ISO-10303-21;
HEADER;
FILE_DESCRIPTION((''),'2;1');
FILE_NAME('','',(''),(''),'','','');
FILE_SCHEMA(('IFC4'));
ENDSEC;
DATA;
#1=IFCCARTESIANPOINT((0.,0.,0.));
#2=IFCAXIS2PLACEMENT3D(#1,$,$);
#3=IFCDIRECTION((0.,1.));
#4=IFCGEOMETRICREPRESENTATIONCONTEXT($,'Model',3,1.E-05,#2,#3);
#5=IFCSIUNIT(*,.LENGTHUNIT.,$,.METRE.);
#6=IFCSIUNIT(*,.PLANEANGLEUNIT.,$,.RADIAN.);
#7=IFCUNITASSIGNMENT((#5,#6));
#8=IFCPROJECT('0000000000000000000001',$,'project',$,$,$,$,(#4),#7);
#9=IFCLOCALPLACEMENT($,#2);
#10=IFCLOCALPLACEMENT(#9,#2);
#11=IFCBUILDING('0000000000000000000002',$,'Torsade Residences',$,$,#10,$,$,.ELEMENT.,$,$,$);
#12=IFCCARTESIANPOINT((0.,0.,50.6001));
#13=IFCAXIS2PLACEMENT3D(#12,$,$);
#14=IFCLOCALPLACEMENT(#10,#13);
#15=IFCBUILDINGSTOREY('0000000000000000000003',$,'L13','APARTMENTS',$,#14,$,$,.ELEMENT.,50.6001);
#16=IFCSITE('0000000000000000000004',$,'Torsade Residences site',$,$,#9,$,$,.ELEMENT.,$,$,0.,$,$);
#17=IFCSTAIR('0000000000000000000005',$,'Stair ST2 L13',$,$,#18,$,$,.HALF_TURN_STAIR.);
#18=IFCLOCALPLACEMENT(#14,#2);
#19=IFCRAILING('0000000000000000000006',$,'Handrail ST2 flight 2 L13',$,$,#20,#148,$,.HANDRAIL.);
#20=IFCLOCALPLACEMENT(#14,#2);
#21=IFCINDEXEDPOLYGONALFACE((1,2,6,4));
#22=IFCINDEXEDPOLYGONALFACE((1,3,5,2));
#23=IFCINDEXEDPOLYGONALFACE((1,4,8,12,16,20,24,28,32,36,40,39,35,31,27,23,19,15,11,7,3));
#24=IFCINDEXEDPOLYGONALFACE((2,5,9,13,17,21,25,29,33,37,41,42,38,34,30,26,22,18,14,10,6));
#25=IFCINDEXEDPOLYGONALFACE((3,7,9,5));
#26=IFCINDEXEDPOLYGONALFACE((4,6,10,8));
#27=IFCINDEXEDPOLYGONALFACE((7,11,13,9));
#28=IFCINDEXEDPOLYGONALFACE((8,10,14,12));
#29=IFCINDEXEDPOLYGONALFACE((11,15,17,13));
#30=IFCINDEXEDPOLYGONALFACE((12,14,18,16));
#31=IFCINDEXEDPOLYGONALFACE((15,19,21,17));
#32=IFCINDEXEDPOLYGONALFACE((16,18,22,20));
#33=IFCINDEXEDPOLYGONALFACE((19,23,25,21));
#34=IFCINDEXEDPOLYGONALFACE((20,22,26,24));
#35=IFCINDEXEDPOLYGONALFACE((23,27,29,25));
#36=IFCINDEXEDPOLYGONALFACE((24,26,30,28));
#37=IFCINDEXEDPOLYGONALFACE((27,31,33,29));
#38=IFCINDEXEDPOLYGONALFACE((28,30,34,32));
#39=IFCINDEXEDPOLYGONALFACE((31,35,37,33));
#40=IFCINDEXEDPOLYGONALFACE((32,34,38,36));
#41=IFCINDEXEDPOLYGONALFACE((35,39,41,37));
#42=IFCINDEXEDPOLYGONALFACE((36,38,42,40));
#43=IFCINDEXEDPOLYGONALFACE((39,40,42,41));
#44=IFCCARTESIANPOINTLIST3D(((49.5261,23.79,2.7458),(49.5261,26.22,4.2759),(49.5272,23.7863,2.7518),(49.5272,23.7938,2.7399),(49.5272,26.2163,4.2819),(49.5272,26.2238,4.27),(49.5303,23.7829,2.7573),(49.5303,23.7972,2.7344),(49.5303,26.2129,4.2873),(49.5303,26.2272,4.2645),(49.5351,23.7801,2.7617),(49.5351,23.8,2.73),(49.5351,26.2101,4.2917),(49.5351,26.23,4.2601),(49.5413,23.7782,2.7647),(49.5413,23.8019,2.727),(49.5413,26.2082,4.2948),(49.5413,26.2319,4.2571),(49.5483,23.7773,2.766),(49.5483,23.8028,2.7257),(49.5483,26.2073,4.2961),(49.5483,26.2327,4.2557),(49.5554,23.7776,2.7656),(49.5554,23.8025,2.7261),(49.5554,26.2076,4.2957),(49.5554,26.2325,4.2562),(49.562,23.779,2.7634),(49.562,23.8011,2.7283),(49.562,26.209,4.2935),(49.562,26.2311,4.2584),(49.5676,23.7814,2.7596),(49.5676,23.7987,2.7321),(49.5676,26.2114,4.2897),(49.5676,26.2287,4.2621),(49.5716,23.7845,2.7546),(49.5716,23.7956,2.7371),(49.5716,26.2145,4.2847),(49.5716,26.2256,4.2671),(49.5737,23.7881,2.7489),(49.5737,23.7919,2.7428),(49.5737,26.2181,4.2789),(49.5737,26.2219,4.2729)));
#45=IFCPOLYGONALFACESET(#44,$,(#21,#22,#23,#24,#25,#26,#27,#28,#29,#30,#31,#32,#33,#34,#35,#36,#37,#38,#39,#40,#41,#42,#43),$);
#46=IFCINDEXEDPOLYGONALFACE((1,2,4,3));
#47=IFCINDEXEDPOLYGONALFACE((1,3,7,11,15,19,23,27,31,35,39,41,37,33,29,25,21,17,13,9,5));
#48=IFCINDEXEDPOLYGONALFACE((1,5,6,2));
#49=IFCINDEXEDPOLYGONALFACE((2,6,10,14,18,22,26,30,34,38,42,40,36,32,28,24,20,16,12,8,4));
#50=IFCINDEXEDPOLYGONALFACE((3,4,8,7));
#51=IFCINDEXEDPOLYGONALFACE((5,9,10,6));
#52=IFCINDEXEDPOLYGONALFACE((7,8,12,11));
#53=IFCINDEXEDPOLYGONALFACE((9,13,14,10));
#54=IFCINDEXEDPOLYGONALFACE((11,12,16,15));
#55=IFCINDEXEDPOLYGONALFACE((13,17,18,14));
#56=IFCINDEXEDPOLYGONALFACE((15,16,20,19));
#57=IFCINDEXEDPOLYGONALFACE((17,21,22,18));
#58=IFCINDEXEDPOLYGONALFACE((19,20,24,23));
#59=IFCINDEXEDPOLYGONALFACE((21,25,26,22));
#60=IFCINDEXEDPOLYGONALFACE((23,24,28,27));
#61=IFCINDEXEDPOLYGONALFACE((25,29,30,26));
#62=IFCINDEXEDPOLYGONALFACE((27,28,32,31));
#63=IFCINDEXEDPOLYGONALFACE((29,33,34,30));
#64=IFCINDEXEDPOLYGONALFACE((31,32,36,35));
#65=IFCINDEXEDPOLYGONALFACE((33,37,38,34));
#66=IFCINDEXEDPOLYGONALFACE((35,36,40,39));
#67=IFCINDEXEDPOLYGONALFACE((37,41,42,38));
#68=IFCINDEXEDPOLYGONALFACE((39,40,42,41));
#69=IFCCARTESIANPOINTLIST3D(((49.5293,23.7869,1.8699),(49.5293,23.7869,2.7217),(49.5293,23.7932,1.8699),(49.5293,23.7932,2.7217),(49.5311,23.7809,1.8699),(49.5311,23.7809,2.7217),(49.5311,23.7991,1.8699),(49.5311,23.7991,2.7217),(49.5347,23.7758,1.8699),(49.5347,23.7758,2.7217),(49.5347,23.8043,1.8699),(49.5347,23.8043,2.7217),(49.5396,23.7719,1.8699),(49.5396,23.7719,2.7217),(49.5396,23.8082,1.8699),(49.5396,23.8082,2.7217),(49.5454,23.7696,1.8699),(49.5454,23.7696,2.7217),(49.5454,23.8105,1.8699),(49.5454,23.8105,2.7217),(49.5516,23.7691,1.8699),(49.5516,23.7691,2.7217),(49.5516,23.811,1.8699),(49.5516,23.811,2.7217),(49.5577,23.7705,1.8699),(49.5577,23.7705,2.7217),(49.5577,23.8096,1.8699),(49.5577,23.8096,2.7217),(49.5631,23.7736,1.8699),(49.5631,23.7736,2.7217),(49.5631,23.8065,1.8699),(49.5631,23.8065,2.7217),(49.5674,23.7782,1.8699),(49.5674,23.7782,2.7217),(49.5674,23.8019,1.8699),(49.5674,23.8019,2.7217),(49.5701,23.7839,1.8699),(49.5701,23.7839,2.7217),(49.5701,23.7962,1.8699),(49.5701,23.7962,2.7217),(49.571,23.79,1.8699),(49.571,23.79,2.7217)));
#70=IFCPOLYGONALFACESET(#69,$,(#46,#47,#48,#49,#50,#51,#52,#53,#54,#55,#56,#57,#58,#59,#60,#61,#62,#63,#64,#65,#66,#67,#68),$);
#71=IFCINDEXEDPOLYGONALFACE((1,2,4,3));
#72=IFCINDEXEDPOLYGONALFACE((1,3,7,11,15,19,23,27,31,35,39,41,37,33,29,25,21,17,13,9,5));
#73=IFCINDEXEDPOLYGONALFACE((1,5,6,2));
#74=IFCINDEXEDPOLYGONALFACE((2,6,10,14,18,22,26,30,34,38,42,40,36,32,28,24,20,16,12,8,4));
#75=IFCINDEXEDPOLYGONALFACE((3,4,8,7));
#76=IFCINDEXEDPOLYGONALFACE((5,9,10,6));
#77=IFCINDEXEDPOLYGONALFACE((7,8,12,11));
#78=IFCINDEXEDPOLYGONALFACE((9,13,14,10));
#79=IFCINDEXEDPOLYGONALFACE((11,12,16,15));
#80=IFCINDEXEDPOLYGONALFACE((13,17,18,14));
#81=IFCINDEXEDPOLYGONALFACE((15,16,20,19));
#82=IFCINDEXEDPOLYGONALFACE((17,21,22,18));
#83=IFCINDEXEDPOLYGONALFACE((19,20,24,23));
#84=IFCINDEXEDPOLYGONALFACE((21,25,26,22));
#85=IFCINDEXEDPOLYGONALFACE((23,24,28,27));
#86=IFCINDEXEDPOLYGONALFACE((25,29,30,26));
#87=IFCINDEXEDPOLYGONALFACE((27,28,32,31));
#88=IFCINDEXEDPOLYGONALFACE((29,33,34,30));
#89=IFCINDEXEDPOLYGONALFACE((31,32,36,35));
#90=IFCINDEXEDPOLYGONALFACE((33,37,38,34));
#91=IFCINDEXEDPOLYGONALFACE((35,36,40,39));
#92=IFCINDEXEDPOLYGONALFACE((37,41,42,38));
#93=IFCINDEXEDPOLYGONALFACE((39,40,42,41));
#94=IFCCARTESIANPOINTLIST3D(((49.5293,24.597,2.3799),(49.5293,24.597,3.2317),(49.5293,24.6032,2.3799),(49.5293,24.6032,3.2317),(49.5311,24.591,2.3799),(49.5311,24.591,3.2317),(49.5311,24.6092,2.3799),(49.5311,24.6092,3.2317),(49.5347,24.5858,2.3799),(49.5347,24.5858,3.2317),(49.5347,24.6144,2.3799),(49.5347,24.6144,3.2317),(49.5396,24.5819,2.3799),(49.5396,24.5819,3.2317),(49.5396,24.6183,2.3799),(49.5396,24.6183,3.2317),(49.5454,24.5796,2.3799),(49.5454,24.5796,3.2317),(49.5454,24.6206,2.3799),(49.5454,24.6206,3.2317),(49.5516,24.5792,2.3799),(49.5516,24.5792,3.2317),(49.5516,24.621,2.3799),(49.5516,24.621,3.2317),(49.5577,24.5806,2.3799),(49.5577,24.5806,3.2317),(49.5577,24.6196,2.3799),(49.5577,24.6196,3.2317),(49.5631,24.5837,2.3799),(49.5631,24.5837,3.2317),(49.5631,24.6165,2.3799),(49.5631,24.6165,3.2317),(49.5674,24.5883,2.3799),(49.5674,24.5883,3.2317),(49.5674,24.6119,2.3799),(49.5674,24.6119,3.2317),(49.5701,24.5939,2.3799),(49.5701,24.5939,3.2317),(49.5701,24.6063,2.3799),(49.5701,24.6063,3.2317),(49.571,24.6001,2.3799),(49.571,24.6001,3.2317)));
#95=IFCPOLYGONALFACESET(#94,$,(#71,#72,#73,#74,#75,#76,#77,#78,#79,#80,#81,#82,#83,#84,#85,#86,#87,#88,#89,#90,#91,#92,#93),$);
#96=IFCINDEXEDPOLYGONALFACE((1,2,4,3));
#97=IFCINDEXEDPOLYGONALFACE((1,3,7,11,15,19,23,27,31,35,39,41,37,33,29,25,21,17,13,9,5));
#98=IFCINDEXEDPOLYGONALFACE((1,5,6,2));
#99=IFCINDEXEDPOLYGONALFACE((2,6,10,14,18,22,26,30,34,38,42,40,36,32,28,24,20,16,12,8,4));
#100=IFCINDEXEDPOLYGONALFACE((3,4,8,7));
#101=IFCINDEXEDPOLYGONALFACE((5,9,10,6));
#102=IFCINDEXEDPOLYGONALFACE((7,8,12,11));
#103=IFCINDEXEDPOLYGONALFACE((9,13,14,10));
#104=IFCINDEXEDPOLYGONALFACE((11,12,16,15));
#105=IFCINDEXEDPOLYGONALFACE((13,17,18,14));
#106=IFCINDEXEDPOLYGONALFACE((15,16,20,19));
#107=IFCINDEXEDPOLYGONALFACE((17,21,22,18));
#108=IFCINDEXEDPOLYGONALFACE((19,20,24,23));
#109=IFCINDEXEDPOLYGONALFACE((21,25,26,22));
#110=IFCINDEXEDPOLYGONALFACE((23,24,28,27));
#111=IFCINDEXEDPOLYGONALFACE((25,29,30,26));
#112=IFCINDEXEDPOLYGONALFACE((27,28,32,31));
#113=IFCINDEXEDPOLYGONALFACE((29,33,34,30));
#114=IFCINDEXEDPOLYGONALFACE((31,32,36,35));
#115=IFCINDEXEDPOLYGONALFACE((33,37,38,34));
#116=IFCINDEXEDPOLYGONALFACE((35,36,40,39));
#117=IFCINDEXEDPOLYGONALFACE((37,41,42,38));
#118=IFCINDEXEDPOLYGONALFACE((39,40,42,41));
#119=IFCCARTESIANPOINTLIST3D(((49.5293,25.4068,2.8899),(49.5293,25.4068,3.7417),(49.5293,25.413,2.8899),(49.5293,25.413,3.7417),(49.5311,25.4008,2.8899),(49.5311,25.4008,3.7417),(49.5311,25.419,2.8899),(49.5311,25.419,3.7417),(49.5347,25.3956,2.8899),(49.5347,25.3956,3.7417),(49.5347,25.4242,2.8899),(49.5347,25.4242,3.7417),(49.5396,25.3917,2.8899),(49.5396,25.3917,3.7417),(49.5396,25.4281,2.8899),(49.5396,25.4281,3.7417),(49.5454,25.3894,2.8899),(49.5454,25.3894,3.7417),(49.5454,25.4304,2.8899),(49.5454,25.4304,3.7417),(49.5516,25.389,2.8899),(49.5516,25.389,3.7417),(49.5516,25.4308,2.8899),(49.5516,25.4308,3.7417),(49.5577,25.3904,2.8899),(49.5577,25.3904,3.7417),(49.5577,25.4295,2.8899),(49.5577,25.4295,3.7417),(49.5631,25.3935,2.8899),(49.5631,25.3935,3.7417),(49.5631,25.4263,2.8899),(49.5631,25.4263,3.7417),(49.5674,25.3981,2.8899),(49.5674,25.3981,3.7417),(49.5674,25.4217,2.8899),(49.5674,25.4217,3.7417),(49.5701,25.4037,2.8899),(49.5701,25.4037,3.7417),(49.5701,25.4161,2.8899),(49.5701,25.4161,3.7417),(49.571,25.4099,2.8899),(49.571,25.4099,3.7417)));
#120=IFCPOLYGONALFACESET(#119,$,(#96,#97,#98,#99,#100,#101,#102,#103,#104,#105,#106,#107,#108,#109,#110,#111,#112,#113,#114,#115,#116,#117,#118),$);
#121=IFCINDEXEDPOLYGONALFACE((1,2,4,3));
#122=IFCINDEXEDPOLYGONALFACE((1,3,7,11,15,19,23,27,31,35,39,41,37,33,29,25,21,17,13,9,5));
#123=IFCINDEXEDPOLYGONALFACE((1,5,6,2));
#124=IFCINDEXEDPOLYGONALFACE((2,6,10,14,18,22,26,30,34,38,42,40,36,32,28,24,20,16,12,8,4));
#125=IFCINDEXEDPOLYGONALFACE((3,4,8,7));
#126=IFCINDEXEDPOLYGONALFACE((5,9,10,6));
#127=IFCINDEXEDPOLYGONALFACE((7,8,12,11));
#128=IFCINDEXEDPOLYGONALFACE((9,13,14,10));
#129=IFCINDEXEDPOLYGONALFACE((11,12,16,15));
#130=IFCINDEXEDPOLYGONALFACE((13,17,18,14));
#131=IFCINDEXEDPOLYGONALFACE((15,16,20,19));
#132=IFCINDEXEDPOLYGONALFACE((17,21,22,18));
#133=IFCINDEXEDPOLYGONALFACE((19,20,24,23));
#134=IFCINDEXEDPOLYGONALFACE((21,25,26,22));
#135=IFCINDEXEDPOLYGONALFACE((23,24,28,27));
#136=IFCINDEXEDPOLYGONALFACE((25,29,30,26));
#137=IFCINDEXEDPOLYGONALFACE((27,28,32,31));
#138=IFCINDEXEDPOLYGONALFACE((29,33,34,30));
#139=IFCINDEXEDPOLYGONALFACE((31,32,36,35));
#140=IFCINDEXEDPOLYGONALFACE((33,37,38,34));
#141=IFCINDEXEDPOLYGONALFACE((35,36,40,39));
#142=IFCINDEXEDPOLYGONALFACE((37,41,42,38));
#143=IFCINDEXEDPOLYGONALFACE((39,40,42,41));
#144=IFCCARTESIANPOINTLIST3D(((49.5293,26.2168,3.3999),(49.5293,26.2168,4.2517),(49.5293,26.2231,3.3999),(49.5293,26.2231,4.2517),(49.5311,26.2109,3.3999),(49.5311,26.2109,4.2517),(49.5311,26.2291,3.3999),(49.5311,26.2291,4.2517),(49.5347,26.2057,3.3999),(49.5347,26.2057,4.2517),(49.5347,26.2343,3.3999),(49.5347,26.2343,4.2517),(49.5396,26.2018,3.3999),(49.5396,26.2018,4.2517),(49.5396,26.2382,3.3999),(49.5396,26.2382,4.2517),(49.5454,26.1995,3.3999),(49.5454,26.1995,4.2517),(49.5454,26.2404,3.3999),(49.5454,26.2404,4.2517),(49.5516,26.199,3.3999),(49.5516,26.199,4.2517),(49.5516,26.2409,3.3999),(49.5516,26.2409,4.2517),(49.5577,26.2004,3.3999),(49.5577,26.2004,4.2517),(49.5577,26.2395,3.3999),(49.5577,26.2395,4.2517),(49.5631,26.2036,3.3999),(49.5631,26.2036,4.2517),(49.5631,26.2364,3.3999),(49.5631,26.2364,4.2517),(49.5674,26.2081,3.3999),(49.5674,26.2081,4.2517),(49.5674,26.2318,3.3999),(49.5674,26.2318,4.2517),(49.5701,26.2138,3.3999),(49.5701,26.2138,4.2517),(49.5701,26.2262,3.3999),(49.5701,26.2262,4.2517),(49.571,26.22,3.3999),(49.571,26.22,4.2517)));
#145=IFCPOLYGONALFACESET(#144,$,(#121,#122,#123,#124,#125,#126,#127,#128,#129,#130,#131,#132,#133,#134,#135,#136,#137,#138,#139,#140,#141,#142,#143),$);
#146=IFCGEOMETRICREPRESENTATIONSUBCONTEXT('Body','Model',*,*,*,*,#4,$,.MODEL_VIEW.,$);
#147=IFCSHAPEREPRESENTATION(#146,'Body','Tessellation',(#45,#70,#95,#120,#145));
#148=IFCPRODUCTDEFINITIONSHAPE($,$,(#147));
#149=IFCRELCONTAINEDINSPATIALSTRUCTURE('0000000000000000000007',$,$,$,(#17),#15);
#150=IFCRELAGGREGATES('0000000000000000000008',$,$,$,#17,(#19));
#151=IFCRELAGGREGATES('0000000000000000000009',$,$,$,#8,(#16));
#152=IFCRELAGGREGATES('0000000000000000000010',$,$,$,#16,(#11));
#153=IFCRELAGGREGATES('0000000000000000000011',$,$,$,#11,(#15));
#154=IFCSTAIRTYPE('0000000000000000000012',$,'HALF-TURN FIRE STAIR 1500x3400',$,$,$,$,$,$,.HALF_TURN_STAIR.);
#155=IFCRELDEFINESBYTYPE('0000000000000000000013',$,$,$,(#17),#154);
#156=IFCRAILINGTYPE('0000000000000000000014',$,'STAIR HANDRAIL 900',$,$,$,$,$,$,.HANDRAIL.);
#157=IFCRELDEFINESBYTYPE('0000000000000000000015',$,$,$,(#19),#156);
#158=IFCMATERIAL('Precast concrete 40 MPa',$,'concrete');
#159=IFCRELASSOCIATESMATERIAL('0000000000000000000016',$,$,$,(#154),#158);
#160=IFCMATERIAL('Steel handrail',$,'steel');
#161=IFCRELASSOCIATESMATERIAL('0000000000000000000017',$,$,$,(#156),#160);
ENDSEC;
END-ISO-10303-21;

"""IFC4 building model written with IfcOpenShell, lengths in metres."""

from ifc_helpers import new_model, si_unit, direction, frame, origin, origin_2d, place, context, subcontext, project, spatial, circle, extrude, material, type_object, element, aggregate, save


model = new_model("IFC4")

# Units and contexts
model_context = context("Model", 3, precision=1e-05, world=origin(), true_north=direction((0.0, 1.0)))
body_context = subcontext(model_context, "Body", "Model", "MODEL_VIEW")
ifc_project = project(units=[si_unit("LENGTHUNIT", "METRE"), si_unit("PLANEANGLEUNIT", "RADIAN")], contexts=[model_context])

# Site, building, storey
site_placement = place(None, origin())
site = spatial("IfcSite", under=ifc_project, at=site_placement, Name="Torsade Residences site", CompositionType="ELEMENT", RefElevation=0.0)
building_placement = place(site_placement, origin())
building = spatial("IfcBuilding", under=site, at=building_placement, Name="Torsade Residences", CompositionType="ELEMENT")
storey_placement = place(building_placement, frame((0.0, 0.0, 50.6001)))
storey = spatial("IfcBuildingStorey", under=building, at=storey_placement, Name="L13", Description="APARTMENTS", CompositionType="ELEMENT", Elevation=50.6001)

# Stair, railing
ifc_material_1 = material(Name="Precast concrete 40 MPa", Category="concrete")
stair_type = type_object("IfcStairType", Name="HALF-TURN FIRE STAIR 1500x3400", PredefinedType="HALF_TURN_STAIR", material=ifc_material_1)
stair_placement = place(storey_placement, origin())
stair = element("IfcStair", 1, at=stair_placement, inside=storey, type_object=stair_type, Name="Stair ST2 L13", PredefinedType="HALF_TURN_STAIR")
ifc_material_2 = material(Name="Steel handrail", Category="steel")
railing_type = type_object("IfcRailingType", Name="STAIR HANDRAIL 900", PredefinedType="HANDRAIL", material=ifc_material_2)
railing_1_placement = place(storey_placement, frame((49.55, 23.79, 1.8699)))
railing_1 = element("IfcRailing", 2, at=railing_1_placement, type_object=railing_type, Name="Handrail ST2 flight 2 L13", PredefinedType="HANDRAIL", context=body_context, shape_type="SweptSolid", body=[
    extrude(circle(Radius=0.0239, at=origin_2d()), frame((0.0, 0.0, 0.876), z_axis=(0.0, 0.846221, 0.532831), x_axis=(-1.0, 0.0, 0.0)), (0.0, 0.0, 1.0), 2.8716),
    extrude(circle(Radius=0.021, at=origin_2d()), origin(), (0.0, 0.0, 1.0), 0.8518),
    extrude(circle(Radius=0.021, at=origin_2d()), frame((0.0, 0.8101, 0.51)), (0.0, 0.0, 1.0), 0.8518),
    extrude(circle(Radius=0.021, at=origin_2d()), frame((0.0, 1.6199, 1.02)), (0.0, 0.0, 1.0), 0.8518),
    extrude(circle(Radius=0.021, at=origin_2d()), frame((0.0, 2.4299, 1.53)), (0.0, 0.0, 1.0), 0.8518),
])
aggregate(stair, [railing_1])

save(model, "model.ifc")
